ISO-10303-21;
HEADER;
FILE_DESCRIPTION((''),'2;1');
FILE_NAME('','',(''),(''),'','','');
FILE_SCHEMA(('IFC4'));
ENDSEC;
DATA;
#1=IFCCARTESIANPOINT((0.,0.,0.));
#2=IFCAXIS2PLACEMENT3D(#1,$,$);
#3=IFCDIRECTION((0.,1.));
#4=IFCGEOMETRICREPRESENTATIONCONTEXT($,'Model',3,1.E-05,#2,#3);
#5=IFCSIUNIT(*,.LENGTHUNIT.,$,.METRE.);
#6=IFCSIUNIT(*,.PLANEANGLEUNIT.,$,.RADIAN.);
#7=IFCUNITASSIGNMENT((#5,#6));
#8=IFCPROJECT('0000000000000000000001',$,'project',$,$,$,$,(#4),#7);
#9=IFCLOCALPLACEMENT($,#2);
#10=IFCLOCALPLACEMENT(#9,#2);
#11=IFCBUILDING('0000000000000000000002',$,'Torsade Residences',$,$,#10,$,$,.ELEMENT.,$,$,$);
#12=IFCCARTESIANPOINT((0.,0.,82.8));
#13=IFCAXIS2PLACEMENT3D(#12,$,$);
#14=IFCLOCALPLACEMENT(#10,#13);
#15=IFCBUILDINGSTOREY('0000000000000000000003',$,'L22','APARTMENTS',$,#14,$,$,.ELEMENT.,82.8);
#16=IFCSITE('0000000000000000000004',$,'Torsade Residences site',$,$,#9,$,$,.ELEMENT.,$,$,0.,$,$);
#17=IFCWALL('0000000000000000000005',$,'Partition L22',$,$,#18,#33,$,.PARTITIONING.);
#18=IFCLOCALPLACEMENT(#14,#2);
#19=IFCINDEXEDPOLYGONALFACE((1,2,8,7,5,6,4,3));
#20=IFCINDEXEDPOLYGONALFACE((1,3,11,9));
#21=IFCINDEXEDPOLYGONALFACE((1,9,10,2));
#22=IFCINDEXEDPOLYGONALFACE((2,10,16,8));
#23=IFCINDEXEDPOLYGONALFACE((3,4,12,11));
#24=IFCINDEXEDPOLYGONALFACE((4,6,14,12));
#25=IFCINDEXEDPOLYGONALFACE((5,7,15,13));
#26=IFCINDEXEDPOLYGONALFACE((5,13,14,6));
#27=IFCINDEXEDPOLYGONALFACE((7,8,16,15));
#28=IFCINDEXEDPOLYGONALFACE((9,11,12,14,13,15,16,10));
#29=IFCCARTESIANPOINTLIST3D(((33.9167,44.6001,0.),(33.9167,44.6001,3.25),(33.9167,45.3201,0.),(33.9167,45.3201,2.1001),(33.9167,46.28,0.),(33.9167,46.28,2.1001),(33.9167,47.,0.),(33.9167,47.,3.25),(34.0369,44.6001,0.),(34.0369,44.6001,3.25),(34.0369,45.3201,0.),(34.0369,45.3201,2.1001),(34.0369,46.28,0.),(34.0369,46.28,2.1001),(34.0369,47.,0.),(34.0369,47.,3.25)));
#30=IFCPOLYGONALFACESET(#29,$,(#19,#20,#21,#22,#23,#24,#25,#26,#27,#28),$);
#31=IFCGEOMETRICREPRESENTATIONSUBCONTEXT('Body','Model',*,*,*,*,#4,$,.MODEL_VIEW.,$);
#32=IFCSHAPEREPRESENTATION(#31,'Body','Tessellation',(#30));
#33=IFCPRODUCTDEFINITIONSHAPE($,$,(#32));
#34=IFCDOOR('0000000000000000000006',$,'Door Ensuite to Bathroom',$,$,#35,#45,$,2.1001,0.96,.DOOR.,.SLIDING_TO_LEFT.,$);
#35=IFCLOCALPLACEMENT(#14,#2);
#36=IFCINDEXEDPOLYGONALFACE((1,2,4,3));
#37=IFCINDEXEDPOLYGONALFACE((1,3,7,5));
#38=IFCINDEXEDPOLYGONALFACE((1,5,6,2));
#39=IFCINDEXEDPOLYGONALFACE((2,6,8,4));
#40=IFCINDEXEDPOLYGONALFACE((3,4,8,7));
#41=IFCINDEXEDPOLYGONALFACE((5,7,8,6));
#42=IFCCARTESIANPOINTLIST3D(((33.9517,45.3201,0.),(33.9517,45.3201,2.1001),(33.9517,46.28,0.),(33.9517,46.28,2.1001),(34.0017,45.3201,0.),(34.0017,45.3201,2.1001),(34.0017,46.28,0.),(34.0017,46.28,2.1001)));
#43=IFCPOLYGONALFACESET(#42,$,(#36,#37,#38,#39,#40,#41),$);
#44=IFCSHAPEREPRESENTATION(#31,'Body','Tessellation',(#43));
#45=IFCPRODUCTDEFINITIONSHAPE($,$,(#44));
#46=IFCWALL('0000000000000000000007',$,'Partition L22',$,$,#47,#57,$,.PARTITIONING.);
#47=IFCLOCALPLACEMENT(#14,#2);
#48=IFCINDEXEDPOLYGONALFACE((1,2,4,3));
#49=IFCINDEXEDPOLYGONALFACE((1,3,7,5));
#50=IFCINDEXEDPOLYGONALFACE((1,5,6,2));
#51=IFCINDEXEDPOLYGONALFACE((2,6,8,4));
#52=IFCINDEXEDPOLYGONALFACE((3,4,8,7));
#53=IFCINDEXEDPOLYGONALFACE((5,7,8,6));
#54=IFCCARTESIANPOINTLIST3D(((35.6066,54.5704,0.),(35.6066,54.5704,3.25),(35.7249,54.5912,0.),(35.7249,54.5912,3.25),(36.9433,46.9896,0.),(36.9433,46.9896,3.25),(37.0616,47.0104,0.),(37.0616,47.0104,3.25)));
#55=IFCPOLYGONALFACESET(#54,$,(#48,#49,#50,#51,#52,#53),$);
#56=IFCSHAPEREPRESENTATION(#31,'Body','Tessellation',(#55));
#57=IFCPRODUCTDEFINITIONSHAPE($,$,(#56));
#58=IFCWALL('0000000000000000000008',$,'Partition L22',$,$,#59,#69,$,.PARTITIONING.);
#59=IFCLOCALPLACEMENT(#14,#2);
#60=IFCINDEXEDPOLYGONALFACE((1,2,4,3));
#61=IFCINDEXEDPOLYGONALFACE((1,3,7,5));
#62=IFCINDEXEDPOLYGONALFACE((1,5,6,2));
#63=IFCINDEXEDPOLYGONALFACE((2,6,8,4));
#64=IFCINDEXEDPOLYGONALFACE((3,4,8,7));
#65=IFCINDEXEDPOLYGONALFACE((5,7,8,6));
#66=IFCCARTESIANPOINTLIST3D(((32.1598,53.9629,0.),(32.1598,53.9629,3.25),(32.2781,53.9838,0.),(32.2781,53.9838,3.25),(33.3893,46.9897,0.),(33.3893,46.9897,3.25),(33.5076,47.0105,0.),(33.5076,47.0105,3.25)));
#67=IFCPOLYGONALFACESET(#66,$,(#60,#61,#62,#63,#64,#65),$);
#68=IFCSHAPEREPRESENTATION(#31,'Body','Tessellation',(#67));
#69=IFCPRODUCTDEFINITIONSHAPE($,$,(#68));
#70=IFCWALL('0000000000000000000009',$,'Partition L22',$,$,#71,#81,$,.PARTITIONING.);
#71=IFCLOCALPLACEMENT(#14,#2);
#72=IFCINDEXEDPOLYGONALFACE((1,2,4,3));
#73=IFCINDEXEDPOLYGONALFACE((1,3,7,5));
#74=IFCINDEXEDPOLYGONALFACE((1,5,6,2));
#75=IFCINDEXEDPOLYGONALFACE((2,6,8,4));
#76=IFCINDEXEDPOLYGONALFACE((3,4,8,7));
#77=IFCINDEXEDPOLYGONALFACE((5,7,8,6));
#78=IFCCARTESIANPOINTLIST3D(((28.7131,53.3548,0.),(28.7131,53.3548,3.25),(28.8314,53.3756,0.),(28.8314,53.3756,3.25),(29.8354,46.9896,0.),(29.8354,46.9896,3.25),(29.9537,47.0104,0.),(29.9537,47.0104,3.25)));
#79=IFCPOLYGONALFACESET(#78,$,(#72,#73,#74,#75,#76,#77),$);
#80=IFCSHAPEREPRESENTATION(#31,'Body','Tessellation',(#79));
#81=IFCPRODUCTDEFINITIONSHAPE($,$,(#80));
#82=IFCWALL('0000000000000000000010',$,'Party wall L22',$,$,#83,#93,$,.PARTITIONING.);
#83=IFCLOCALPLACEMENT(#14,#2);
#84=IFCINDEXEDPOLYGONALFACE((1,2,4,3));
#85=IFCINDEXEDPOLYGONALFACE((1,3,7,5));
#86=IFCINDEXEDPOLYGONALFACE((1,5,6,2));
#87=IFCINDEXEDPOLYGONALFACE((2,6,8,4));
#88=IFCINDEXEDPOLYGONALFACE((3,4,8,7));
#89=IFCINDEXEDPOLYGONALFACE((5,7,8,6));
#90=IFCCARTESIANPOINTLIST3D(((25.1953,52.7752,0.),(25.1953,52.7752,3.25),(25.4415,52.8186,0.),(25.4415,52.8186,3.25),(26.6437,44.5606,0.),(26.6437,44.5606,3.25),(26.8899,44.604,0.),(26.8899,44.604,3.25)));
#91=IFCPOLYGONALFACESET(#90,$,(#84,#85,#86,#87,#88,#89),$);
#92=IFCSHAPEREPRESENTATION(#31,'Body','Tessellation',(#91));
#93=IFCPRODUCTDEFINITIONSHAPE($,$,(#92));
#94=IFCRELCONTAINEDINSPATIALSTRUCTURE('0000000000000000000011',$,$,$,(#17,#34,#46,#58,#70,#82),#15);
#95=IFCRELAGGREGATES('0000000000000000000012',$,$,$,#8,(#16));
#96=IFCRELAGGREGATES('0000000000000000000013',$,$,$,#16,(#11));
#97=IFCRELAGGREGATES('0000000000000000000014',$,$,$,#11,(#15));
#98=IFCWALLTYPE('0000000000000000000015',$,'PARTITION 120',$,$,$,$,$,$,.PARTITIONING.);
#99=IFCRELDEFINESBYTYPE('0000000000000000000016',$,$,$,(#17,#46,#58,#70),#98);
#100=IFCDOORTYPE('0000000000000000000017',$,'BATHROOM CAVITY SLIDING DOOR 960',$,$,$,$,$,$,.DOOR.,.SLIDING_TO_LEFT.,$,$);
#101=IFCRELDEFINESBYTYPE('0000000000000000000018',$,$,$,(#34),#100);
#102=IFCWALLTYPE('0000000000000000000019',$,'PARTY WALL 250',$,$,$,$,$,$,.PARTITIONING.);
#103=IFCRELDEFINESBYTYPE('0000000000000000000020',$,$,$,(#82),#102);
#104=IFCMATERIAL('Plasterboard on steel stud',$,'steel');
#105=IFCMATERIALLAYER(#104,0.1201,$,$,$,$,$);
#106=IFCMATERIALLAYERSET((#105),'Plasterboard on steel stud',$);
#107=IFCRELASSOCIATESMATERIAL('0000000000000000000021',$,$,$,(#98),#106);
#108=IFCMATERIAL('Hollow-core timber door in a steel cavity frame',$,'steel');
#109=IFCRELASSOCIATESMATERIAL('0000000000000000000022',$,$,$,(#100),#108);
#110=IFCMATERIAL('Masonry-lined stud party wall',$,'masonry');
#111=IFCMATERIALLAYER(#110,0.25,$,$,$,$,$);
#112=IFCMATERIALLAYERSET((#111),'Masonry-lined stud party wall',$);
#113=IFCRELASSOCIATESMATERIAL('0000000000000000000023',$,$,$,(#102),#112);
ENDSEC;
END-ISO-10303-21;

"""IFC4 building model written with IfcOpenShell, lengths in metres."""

from ifc_helpers import new_model, si_unit, direction, frame, frame_2d, origin, place, context, subcontext, project, spatial, rectangle, extrude, material, layer, layer_set, type_object, element, fill, save


model = new_model("IFC4")

# Units and contexts
model_context = context("Model", 3, precision=1e-05, world=origin(), true_north=direction((0.0, 1.0)))
body_context = subcontext(model_context, "Body", "Model", "MODEL_VIEW")
ifc_project = project(units=[si_unit("LENGTHUNIT", "METRE"), si_unit("PLANEANGLEUNIT", "RADIAN")], contexts=[model_context])

# Site, building, storey
site_placement = place(None, origin())
site = spatial("IfcSite", under=ifc_project, at=site_placement, Name="Torsade Residences site", CompositionType="ELEMENT", RefElevation=0.0)
building_placement = place(site_placement, origin())
building = spatial("IfcBuilding", under=site, at=building_placement, Name="Torsade Residences", CompositionType="ELEMENT")
storey_placement = place(building_placement, frame((0.0, 0.0, 82.8)))
storey = spatial("IfcBuildingStorey", under=building, at=storey_placement, Name="L22", Description="APARTMENTS", CompositionType="ELEMENT", Elevation=82.8)

# Wall, opening, door
ifc_material_1 = material(Name="Plasterboard on steel stud", Category="steel")
ifc_layer_1 = layer(ifc_material_1, 0.1201)
ifc_layer_set_1 = layer_set([ifc_layer_1], Name="Plasterboard on steel stud")
wall_type_1 = type_object("IfcWallType", Name="PARTITION 120", PredefinedType="PARTITIONING", material=ifc_layer_set_1)
wall_1_placement = place(storey_placement, frame((33.9768, 47.0, 0.0), z_axis=(0.0, 0.0, 1.0), x_axis=(0.0, -1.0, 0.0)))
wall_1 = element("IfcWall", 1, at=wall_1_placement, inside=storey, type_object=wall_type_1, Name="Partition L22", PredefinedType="PARTITIONING", context=body_context, shape_type="SweptSolid", body=[
    extrude(rectangle(XDim=2.3999, YDim=0.1201, at=frame_2d((1.2, 0.0))), origin(), (0.0, 0.0, 1.0), 3.25),
])
opening_1_placement = place(wall_1_placement, frame((0.72, 0.0, 0.0)))
opening_1 = element("IfcOpeningElement", 2, at=opening_1_placement, cuts=wall_1, PredefinedType="OPENING", context=body_context, shape_type="SweptSolid", body=[
    extrude(rectangle(XDim=0.96, YDim=2.1001, at=frame_2d((0.48, 1.05))), frame((0.0, 0.0701, 0.0), z_axis=(0.0, -1.0, 0.0), x_axis=(1.0, 0.0, 0.0)), (0.0, 0.0, 1.0), 0.1401),
])
ifc_material_2 = material(Name="Hollow-core timber door in a steel cavity frame", Category="steel")
door_type_1 = type_object("IfcDoorType", Name="BATHROOM CAVITY SLIDING DOOR 960", OperationType="SLIDING_TO_LEFT", PredefinedType="DOOR", material=ifc_material_2)
door_1_placement = place(opening_1_placement, origin())
door_1 = element("IfcDoor", 3, at=door_1_placement, inside=storey, type_object=door_type_1, Name="Door Ensuite to Bathroom", OperationType="SLIDING_TO_LEFT", OverallHeight=2.1001, OverallWidth=0.96, PredefinedType="DOOR", context=body_context, shape_type="SweptSolid", body=[
    extrude(rectangle(XDim=0.96, YDim=2.1001, at=frame_2d((0.48, 1.05))), frame((0.0, 0.0249, 0.0), z_axis=(0.0, -1.0, 0.0), x_axis=(1.0, 0.0, 0.0)), (0.0, 0.0, 1.0), 0.05),
])
fill(opening_1, door_1)

# Walls
wall_2_placement = place(storey_placement, frame((37.0024, 47.0, 0.0), z_axis=(0.0, 0.0, 1.0), x_axis=(-0.173644, 0.984808, 0.0)))
element("IfcWall", 4, at=wall_2_placement, inside=storey, type_object=wall_type_1, Name="Partition L22", PredefinedType="PARTITIONING", context=body_context, shape_type="SweptSolid", body=[
    extrude(rectangle(XDim=7.6978, YDim=0.1201, at=frame_2d((3.8489, 0.0))), origin(), (0.0, 0.0, 1.0), 3.25),
])
wall_3_placement = place(storey_placement, frame((33.4485, 47.0, 0.0), z_axis=(0.0, 0.0, 1.0), x_axis=(-0.17364, 0.984809, 0.0)))
element("IfcWall", 5, at=wall_3_placement, inside=storey, type_object=wall_type_1, Name="Partition L22", PredefinedType="PARTITIONING", context=body_context, shape_type="SweptSolid", body=[
    extrude(rectangle(XDim=7.0808, YDim=0.1201, at=frame_2d((3.5405, 0.0))), origin(), (0.0, 0.0, 1.0), 3.25),
])
wall_4_placement = place(storey_placement, frame((29.8945, 47.0, 0.0), z_axis=(0.0, 0.0, 1.0), x_axis=(-0.173641, 0.984809, 0.0)))
element("IfcWall", 6, at=wall_4_placement, inside=storey, type_object=wall_type_1, Name="Partition L22", PredefinedType="PARTITIONING", context=body_context, shape_type="SweptSolid", body=[
    extrude(rectangle(XDim=6.4634, YDim=0.1201, at=frame_2d((3.2317, 0.0))), origin(), (0.0, 0.0, 1.0), 3.25),
])
ifc_material_3 = material(Name="Masonry-lined stud party wall", Category="masonry")
ifc_layer_2 = layer(ifc_material_3, 0.25)
ifc_layer_set_2 = layer_set([ifc_layer_2], Name="Masonry-lined stud party wall")
wall_type_2 = type_object("IfcWallType", Name="PARTY WALL 250", PredefinedType="PARTITIONING", material=ifc_layer_set_2)
wall_5_placement = place(storey_placement, frame((25.3184, 52.7969, 0.0), z_axis=(0.0, 0.0, 1.0), x_axis=(0.173652, -0.984807, 0.0)))
element("IfcWall", 7, at=wall_5_placement, inside=storey, type_object=wall_type_2, Name="Party wall L22", PredefinedType="PARTITIONING", context=body_context, shape_type="SweptSolid", body=[
    extrude(rectangle(XDim=8.3413, YDim=0.25, at=frame_2d((4.1707, 0.0))), origin(), (0.0, 0.0, 1.0), 3.25),
])

save(model, "model.ifc")
